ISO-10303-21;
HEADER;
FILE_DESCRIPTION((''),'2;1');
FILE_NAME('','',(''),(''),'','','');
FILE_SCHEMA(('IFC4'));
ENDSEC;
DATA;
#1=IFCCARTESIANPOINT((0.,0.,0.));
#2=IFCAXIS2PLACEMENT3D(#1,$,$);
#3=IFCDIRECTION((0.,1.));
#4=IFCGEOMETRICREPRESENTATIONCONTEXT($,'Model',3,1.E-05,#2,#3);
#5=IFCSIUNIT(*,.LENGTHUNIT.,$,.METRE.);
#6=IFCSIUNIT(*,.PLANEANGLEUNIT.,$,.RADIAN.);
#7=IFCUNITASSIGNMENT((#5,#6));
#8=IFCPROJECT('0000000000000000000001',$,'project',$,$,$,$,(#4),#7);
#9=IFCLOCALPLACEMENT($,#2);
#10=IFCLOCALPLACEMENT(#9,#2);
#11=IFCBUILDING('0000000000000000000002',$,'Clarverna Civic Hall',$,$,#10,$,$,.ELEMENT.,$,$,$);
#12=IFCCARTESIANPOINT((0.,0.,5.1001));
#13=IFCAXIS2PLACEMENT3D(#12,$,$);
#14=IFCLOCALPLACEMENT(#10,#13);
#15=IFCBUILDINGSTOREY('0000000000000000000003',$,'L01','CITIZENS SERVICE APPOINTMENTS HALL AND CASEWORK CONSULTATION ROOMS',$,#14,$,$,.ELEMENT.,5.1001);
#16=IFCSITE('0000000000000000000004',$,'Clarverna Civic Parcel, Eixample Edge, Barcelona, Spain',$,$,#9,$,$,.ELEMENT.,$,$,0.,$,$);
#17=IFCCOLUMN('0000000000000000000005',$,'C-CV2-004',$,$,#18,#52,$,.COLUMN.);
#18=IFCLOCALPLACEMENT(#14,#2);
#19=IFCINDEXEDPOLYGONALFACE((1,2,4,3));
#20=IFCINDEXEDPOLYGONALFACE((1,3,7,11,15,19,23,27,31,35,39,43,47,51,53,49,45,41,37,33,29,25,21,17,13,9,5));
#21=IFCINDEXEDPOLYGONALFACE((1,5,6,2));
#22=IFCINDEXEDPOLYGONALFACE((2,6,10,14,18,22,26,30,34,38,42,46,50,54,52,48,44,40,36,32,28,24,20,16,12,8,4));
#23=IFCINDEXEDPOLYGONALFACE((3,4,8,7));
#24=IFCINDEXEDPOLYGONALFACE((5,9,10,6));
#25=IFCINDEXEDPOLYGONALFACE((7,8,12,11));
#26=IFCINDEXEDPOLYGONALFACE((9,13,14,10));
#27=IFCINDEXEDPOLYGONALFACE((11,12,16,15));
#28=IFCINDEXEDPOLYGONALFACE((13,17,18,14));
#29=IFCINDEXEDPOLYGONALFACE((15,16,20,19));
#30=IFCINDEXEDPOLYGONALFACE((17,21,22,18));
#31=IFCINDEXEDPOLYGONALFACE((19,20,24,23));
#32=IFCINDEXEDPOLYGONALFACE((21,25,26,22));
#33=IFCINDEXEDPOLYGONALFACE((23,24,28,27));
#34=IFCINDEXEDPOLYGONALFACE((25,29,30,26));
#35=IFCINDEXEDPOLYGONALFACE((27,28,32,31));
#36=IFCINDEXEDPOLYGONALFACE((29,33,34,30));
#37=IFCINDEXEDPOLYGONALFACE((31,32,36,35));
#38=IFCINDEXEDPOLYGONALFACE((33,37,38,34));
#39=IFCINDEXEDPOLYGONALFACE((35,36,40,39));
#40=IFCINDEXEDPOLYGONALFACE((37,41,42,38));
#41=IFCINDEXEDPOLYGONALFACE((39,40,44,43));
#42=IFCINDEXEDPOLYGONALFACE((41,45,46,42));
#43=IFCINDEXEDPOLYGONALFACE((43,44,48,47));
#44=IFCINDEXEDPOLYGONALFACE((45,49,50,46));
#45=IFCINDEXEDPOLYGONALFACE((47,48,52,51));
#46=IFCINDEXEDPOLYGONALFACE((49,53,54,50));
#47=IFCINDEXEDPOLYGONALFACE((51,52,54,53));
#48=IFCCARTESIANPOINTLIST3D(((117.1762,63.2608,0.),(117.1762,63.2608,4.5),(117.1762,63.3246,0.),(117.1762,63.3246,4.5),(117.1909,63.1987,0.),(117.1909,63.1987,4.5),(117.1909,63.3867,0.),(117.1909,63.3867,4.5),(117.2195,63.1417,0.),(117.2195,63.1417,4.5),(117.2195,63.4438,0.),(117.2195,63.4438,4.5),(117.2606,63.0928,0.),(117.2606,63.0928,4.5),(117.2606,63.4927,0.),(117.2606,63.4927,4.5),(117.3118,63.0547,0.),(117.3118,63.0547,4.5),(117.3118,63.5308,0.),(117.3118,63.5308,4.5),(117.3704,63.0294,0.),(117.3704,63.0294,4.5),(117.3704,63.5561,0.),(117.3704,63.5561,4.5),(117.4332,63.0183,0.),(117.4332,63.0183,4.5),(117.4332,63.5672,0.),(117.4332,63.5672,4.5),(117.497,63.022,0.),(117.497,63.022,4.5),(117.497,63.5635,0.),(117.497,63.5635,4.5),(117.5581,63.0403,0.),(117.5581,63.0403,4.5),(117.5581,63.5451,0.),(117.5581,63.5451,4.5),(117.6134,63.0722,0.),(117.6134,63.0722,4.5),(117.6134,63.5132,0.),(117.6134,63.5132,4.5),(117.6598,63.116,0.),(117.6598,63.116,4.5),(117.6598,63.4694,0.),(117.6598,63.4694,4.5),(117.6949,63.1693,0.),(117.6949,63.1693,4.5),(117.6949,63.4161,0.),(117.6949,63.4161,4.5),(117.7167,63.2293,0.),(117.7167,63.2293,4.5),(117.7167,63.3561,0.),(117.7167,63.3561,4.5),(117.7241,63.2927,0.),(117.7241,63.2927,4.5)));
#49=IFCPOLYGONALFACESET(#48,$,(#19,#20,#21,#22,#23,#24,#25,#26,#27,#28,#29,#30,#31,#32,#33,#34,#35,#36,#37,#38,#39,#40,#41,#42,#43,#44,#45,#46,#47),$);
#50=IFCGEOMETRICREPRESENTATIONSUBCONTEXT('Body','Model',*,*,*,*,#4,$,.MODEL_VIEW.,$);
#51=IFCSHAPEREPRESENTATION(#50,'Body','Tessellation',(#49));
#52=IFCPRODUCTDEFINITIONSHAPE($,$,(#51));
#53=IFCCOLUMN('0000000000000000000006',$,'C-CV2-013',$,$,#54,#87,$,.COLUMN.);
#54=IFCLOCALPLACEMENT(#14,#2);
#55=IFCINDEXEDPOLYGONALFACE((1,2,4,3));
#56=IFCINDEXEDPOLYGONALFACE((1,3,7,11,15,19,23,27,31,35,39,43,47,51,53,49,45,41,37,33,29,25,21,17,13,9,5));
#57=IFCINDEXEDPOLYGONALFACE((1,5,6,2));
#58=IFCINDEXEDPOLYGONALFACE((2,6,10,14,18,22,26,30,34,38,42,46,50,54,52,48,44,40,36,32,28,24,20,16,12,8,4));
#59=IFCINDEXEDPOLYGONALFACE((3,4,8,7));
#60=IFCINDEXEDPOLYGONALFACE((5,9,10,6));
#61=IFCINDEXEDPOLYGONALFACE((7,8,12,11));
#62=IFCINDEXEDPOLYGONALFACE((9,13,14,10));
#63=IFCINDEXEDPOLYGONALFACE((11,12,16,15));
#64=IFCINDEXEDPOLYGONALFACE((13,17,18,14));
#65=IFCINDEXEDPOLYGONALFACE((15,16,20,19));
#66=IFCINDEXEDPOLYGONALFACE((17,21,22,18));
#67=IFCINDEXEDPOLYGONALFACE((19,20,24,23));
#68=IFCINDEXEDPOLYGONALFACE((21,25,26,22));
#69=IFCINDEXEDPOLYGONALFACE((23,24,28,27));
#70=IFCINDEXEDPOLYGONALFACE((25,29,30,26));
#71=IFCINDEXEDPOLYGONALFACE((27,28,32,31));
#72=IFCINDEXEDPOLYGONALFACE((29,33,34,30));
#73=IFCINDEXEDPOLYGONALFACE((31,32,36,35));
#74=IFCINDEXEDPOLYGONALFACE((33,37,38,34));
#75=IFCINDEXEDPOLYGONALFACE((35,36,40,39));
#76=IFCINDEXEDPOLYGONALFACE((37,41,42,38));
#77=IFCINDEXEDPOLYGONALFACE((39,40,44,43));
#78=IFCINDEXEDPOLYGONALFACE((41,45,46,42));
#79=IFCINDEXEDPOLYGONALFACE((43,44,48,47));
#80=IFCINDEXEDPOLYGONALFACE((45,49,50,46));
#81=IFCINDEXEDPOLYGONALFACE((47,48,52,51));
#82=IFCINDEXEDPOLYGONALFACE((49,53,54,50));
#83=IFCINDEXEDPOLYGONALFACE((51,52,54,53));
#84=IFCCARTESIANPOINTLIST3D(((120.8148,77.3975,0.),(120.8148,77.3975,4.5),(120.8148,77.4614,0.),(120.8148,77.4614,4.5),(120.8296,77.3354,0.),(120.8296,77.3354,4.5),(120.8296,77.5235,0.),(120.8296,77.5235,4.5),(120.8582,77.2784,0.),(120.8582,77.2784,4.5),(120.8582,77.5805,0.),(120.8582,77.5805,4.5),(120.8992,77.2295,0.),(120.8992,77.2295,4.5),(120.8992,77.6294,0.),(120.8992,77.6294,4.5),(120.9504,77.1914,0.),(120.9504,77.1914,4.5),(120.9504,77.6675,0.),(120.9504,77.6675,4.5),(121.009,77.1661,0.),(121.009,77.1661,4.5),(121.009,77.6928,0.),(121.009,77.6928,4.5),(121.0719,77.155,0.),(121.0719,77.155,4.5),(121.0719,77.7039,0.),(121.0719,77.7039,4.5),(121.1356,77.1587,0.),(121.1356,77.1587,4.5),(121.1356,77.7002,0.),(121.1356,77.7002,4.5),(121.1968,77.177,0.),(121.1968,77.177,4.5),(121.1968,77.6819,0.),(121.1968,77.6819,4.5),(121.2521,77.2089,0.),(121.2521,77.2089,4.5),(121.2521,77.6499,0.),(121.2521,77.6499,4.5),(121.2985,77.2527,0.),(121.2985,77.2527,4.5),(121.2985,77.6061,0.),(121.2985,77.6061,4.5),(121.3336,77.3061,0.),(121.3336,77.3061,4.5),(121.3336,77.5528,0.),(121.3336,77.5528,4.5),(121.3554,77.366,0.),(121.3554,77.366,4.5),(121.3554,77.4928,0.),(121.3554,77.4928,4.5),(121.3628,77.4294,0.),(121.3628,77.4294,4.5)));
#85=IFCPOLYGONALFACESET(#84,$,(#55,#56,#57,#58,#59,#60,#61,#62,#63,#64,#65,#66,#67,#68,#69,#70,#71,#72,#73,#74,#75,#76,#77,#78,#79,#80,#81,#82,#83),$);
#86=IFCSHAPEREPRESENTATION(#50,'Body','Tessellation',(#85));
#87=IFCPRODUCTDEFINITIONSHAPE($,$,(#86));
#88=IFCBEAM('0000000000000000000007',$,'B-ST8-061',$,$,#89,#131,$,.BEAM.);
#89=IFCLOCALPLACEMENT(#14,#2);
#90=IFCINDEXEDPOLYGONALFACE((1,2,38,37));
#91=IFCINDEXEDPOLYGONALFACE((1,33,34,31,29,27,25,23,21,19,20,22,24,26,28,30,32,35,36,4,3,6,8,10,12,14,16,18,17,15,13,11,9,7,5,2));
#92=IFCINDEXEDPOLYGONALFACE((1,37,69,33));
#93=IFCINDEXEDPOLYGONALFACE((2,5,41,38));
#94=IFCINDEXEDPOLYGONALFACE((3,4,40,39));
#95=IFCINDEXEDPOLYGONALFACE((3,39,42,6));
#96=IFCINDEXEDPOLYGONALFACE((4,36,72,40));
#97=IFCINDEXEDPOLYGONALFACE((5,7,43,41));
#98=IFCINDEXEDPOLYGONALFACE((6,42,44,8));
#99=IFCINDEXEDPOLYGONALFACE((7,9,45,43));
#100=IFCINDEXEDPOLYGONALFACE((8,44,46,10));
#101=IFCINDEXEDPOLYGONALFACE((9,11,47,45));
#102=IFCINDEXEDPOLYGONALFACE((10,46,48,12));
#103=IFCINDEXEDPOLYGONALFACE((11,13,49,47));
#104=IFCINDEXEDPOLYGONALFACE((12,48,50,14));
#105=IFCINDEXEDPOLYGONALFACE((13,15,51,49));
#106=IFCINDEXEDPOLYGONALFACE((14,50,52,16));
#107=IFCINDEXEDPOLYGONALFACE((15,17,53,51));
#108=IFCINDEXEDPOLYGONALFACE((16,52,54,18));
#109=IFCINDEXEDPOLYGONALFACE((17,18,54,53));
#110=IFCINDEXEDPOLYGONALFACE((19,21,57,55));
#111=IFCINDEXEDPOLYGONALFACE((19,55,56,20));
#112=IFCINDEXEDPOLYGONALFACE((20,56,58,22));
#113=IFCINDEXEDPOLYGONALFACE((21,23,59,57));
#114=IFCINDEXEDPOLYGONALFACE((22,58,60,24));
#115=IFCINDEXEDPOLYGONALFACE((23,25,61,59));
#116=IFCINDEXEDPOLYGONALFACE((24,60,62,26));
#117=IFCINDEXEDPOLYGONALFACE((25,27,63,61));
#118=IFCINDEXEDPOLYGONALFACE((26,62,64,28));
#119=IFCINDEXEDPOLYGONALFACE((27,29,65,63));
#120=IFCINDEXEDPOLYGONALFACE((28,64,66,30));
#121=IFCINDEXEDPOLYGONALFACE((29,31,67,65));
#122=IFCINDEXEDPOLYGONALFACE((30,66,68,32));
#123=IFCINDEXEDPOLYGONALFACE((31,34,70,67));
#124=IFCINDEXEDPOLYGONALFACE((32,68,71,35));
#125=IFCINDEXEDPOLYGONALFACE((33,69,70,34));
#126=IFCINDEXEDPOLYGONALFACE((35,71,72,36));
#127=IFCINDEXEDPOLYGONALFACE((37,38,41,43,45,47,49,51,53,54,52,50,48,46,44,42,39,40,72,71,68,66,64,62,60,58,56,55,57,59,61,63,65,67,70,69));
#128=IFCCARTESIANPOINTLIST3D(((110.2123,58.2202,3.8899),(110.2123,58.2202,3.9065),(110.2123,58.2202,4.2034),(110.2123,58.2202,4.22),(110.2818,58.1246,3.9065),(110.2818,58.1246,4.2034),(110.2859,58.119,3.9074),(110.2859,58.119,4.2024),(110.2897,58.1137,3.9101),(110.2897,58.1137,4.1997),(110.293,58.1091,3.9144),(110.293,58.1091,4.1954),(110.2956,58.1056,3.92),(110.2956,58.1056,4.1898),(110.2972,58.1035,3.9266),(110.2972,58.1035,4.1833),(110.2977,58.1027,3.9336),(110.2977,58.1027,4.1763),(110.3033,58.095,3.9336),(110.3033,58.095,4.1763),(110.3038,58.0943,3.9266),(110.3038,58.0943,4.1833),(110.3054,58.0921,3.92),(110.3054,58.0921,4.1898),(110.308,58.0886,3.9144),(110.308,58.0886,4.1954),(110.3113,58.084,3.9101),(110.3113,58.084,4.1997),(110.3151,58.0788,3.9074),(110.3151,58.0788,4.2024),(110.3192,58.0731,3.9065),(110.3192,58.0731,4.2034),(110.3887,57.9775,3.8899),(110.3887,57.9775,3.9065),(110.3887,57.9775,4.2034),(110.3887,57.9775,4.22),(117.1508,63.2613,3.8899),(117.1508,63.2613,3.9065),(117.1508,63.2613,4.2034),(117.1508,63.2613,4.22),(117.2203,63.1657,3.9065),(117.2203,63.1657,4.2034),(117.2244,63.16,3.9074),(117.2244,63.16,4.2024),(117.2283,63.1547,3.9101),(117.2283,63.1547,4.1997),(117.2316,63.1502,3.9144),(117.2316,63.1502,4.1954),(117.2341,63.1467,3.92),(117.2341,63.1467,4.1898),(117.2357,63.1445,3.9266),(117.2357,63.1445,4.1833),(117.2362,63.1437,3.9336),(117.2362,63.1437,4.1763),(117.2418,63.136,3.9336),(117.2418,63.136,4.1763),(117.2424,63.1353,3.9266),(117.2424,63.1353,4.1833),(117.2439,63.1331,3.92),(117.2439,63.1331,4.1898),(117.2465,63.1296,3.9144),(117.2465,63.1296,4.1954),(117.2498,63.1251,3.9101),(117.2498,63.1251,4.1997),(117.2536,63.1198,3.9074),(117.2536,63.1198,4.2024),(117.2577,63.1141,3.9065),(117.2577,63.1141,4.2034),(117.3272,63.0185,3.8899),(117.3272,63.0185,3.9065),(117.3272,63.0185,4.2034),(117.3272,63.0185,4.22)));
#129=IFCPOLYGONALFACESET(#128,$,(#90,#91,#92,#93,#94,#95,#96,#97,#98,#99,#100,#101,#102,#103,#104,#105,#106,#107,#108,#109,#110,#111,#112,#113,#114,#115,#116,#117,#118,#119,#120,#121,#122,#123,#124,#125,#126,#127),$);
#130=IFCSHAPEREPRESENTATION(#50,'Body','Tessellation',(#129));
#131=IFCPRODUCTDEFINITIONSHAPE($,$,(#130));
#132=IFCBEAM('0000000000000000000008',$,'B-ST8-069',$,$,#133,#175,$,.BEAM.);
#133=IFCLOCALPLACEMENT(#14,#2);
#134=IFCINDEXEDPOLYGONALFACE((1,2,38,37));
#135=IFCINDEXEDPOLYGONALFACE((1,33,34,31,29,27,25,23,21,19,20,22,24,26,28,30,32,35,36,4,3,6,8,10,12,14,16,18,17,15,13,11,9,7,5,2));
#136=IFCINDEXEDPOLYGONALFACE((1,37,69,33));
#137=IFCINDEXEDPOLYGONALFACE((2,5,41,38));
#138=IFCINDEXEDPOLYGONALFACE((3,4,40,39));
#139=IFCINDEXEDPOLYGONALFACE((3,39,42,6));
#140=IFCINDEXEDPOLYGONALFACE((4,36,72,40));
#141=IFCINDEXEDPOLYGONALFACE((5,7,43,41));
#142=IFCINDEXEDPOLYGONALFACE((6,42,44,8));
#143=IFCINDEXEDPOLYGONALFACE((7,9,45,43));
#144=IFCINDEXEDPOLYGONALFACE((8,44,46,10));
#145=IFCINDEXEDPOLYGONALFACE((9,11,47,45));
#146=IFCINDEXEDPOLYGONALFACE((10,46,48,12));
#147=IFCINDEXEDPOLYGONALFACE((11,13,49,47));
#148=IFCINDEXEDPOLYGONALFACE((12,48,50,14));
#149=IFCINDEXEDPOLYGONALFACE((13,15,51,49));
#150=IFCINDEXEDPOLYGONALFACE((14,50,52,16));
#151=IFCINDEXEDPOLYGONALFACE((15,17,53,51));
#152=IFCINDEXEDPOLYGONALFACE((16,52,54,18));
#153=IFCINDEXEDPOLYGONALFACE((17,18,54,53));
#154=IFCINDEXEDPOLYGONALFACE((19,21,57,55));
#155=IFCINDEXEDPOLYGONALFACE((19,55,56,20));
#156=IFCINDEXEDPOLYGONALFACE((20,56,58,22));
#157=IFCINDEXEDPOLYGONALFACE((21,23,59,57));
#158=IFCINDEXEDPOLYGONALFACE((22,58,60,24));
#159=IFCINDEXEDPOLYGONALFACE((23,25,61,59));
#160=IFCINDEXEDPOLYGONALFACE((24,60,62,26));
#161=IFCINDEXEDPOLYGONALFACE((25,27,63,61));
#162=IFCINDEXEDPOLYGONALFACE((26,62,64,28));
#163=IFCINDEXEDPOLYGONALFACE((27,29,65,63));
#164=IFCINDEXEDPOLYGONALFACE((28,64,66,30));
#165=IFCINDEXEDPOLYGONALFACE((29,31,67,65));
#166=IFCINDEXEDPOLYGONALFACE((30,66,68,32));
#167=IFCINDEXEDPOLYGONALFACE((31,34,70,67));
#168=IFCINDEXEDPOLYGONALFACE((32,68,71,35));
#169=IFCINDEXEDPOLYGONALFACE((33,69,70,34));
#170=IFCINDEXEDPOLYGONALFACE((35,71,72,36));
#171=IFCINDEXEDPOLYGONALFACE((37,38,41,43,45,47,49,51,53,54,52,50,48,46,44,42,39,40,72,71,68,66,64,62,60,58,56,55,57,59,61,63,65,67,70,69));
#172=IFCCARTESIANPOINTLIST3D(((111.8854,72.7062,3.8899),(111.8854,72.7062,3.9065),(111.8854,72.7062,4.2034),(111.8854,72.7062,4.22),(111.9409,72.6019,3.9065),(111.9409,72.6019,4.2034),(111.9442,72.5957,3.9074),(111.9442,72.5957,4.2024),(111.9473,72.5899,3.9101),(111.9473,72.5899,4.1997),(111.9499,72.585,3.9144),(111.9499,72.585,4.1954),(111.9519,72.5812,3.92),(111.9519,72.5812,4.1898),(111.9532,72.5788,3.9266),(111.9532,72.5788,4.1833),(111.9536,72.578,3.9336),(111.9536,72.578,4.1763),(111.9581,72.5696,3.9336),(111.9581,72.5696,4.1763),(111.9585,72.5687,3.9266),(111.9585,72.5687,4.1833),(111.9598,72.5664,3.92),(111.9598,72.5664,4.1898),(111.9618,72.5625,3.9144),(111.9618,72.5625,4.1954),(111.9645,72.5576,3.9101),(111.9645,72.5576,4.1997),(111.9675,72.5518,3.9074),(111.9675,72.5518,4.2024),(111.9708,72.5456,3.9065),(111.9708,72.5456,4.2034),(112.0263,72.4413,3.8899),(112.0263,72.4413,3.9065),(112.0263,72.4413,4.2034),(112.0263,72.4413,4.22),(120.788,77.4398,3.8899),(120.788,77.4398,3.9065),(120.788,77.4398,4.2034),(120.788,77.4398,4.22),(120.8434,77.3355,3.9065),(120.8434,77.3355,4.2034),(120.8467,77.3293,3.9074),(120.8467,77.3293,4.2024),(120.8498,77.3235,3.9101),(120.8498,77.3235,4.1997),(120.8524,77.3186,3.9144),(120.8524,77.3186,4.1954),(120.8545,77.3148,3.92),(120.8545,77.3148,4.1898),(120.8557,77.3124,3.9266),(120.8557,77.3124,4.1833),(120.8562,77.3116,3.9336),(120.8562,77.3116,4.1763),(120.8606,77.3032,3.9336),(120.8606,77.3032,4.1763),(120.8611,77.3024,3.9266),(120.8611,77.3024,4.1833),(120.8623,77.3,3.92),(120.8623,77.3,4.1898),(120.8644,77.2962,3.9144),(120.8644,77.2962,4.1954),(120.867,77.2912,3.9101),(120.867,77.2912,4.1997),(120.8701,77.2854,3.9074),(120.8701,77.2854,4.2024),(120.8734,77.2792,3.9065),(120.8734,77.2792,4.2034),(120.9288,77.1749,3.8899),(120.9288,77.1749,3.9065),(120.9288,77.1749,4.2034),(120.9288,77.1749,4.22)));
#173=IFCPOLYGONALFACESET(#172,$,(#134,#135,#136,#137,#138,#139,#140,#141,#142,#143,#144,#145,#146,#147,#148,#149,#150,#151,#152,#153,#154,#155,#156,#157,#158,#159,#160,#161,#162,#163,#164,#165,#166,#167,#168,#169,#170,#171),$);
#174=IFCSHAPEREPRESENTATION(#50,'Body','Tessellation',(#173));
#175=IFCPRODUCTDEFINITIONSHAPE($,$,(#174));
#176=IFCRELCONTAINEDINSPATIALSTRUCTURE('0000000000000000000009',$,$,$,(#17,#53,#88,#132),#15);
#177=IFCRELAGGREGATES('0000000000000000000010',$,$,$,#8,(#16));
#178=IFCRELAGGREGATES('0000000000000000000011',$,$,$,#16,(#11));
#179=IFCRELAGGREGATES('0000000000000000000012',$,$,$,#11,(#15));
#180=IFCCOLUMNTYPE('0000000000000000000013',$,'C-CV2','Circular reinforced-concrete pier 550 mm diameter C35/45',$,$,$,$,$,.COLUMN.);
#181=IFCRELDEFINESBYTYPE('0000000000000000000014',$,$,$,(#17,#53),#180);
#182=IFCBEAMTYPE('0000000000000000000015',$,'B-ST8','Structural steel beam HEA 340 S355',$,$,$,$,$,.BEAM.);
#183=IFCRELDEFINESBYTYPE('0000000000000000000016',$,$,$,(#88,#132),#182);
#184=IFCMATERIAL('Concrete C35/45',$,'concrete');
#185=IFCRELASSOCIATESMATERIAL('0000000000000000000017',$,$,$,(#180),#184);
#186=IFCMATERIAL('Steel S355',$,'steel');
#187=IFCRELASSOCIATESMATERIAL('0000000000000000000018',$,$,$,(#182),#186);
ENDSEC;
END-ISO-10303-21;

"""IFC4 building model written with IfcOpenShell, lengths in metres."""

from ifc_helpers import new_model, si_unit, direction, frame, origin, origin_2d, place, context, subcontext, project, spatial, circle, i_section, extrude, material, material_profile, profile_set, type_object, element, save


model = new_model("IFC4")

# Units and contexts
model_context = context("Model", 3, precision=1e-05, world=origin(), true_north=direction((0.0, 1.0)))
body_context = subcontext(model_context, "Body", "Model", "MODEL_VIEW")
ifc_project = project(units=[si_unit("LENGTHUNIT", "METRE"), si_unit("PLANEANGLEUNIT", "RADIAN")], contexts=[model_context])

# Site, building, storey
site_placement = place(None, origin())
site = spatial("IfcSite", under=ifc_project, at=site_placement, Name="Clarverna Civic Parcel, Eixample Edge, Barcelona, Spain", CompositionType="ELEMENT", RefElevation=0.0)
building_placement = place(site_placement, origin())
building = spatial("IfcBuilding", under=site, at=building_placement, Name="Clarverna Civic Hall", CompositionType="ELEMENT")
storey_placement = place(building_placement, frame((0.0, 0.0, 5.1001)))
storey = spatial("IfcBuildingStorey", under=building, at=storey_placement, Name="L01", Description="CITIZENS SERVICE APPOINTMENTS HALL AND CASEWORK CONSULTATION ROOMS", CompositionType="ELEMENT", Elevation=5.1001)

# Columns
ifc_material_1 = material(Name="Concrete C35/45", Category="concrete")
ifc_material_profile_1 = material_profile(ifc_material_1, circle(Radius=0.2749, at=origin_2d()), Name="RC D550")
ifc_profile_set_1 = profile_set([ifc_material_profile_1], Name="Concrete C35/45")
column_type = type_object("IfcColumnType", Name="C-CV2", Description="Circular reinforced-concrete pier 550 mm diameter C35/45", PredefinedType="COLUMN", material=ifc_profile_set_1)
for number, where, z_axis, x_axis, name in (
    (1, (117.4492, 63.2927, 0.0), (0.0, 0.0, 1.0), (1.0, 0.0, 0.0), "C-CV2-004"),
    (2, (121.0879, 77.4294, 0.0), (0.0, 0.0, 1.0), (1.0, 0.0, 0.0), "C-CV2-013"),
):
    element("IfcColumn", number, at=place(storey_placement, frame(where, z_axis=z_axis, x_axis=x_axis)), inside=storey, type_object=column_type, Name=name, PredefinedType="COLUMN", context=body_context, shape_type="SweptSolid", body=[
        extrude(circle(Radius=0.2749, at=origin_2d()), origin(), (0.0, 0.0, 1.0), 4.5),
    ])

# Beams
ifc_material_2 = material(Name="Steel S355", Category="steel")
ifc_material_profile_2 = material_profile(ifc_material_2, i_section(OverallWidth=0.3, OverallDepth=0.3301, WebThickness=0.0095, FlangeThickness=0.0166, FilletRadius=0.0271, at=origin_2d()), Name="HEA 340")
ifc_profile_set_2 = profile_set([ifc_material_profile_2], Name="Steel S355")
beam_type_1 = type_object("IfcBeamType", Name="B-ST8", Description="Structural steel beam HEA 340 S355", PredefinedType="BEAM", material=ifc_profile_set_2)
beam_1_placement = place(storey_placement, frame((117.239, 63.1399, 4.0549), z_axis=(-0.809022, -0.587779, 0.0), x_axis=(0.587779, -0.809022, 0.0)))
element("IfcBeam", 3, at=beam_1_placement, inside=storey, type_object=beam_type_1, Name="B-ST8-061", PredefinedType="BEAM", context=body_context, shape_type="SweptSolid", body=[
    extrude(i_section(OverallWidth=0.3, OverallDepth=0.3301, WebThickness=0.0095, FlangeThickness=0.0166, FilletRadius=0.0271, at=origin_2d()), origin(), (0.0, 0.0, 1.0), 8.5764),
])
beam_2_placement = place(storey_placement, frame((120.8584, 77.3074, 4.0549), z_axis=(-0.882945, -0.469476, 0.0), x_axis=(0.469476, -0.882945, 0.0)))
element("IfcBeam", 4, at=beam_2_placement, inside=storey, type_object=beam_type_1, Name="B-ST8-069", PredefinedType="BEAM", context=body_context, shape_type="SweptSolid", body=[
    extrude(i_section(OverallWidth=0.3, OverallDepth=0.3301, WebThickness=0.0095, FlangeThickness=0.0166, FilletRadius=0.0271, at=origin_2d()), origin(), (0.0, 0.0, 1.0), 10.0828),
])

save(model, "model.ifc")
